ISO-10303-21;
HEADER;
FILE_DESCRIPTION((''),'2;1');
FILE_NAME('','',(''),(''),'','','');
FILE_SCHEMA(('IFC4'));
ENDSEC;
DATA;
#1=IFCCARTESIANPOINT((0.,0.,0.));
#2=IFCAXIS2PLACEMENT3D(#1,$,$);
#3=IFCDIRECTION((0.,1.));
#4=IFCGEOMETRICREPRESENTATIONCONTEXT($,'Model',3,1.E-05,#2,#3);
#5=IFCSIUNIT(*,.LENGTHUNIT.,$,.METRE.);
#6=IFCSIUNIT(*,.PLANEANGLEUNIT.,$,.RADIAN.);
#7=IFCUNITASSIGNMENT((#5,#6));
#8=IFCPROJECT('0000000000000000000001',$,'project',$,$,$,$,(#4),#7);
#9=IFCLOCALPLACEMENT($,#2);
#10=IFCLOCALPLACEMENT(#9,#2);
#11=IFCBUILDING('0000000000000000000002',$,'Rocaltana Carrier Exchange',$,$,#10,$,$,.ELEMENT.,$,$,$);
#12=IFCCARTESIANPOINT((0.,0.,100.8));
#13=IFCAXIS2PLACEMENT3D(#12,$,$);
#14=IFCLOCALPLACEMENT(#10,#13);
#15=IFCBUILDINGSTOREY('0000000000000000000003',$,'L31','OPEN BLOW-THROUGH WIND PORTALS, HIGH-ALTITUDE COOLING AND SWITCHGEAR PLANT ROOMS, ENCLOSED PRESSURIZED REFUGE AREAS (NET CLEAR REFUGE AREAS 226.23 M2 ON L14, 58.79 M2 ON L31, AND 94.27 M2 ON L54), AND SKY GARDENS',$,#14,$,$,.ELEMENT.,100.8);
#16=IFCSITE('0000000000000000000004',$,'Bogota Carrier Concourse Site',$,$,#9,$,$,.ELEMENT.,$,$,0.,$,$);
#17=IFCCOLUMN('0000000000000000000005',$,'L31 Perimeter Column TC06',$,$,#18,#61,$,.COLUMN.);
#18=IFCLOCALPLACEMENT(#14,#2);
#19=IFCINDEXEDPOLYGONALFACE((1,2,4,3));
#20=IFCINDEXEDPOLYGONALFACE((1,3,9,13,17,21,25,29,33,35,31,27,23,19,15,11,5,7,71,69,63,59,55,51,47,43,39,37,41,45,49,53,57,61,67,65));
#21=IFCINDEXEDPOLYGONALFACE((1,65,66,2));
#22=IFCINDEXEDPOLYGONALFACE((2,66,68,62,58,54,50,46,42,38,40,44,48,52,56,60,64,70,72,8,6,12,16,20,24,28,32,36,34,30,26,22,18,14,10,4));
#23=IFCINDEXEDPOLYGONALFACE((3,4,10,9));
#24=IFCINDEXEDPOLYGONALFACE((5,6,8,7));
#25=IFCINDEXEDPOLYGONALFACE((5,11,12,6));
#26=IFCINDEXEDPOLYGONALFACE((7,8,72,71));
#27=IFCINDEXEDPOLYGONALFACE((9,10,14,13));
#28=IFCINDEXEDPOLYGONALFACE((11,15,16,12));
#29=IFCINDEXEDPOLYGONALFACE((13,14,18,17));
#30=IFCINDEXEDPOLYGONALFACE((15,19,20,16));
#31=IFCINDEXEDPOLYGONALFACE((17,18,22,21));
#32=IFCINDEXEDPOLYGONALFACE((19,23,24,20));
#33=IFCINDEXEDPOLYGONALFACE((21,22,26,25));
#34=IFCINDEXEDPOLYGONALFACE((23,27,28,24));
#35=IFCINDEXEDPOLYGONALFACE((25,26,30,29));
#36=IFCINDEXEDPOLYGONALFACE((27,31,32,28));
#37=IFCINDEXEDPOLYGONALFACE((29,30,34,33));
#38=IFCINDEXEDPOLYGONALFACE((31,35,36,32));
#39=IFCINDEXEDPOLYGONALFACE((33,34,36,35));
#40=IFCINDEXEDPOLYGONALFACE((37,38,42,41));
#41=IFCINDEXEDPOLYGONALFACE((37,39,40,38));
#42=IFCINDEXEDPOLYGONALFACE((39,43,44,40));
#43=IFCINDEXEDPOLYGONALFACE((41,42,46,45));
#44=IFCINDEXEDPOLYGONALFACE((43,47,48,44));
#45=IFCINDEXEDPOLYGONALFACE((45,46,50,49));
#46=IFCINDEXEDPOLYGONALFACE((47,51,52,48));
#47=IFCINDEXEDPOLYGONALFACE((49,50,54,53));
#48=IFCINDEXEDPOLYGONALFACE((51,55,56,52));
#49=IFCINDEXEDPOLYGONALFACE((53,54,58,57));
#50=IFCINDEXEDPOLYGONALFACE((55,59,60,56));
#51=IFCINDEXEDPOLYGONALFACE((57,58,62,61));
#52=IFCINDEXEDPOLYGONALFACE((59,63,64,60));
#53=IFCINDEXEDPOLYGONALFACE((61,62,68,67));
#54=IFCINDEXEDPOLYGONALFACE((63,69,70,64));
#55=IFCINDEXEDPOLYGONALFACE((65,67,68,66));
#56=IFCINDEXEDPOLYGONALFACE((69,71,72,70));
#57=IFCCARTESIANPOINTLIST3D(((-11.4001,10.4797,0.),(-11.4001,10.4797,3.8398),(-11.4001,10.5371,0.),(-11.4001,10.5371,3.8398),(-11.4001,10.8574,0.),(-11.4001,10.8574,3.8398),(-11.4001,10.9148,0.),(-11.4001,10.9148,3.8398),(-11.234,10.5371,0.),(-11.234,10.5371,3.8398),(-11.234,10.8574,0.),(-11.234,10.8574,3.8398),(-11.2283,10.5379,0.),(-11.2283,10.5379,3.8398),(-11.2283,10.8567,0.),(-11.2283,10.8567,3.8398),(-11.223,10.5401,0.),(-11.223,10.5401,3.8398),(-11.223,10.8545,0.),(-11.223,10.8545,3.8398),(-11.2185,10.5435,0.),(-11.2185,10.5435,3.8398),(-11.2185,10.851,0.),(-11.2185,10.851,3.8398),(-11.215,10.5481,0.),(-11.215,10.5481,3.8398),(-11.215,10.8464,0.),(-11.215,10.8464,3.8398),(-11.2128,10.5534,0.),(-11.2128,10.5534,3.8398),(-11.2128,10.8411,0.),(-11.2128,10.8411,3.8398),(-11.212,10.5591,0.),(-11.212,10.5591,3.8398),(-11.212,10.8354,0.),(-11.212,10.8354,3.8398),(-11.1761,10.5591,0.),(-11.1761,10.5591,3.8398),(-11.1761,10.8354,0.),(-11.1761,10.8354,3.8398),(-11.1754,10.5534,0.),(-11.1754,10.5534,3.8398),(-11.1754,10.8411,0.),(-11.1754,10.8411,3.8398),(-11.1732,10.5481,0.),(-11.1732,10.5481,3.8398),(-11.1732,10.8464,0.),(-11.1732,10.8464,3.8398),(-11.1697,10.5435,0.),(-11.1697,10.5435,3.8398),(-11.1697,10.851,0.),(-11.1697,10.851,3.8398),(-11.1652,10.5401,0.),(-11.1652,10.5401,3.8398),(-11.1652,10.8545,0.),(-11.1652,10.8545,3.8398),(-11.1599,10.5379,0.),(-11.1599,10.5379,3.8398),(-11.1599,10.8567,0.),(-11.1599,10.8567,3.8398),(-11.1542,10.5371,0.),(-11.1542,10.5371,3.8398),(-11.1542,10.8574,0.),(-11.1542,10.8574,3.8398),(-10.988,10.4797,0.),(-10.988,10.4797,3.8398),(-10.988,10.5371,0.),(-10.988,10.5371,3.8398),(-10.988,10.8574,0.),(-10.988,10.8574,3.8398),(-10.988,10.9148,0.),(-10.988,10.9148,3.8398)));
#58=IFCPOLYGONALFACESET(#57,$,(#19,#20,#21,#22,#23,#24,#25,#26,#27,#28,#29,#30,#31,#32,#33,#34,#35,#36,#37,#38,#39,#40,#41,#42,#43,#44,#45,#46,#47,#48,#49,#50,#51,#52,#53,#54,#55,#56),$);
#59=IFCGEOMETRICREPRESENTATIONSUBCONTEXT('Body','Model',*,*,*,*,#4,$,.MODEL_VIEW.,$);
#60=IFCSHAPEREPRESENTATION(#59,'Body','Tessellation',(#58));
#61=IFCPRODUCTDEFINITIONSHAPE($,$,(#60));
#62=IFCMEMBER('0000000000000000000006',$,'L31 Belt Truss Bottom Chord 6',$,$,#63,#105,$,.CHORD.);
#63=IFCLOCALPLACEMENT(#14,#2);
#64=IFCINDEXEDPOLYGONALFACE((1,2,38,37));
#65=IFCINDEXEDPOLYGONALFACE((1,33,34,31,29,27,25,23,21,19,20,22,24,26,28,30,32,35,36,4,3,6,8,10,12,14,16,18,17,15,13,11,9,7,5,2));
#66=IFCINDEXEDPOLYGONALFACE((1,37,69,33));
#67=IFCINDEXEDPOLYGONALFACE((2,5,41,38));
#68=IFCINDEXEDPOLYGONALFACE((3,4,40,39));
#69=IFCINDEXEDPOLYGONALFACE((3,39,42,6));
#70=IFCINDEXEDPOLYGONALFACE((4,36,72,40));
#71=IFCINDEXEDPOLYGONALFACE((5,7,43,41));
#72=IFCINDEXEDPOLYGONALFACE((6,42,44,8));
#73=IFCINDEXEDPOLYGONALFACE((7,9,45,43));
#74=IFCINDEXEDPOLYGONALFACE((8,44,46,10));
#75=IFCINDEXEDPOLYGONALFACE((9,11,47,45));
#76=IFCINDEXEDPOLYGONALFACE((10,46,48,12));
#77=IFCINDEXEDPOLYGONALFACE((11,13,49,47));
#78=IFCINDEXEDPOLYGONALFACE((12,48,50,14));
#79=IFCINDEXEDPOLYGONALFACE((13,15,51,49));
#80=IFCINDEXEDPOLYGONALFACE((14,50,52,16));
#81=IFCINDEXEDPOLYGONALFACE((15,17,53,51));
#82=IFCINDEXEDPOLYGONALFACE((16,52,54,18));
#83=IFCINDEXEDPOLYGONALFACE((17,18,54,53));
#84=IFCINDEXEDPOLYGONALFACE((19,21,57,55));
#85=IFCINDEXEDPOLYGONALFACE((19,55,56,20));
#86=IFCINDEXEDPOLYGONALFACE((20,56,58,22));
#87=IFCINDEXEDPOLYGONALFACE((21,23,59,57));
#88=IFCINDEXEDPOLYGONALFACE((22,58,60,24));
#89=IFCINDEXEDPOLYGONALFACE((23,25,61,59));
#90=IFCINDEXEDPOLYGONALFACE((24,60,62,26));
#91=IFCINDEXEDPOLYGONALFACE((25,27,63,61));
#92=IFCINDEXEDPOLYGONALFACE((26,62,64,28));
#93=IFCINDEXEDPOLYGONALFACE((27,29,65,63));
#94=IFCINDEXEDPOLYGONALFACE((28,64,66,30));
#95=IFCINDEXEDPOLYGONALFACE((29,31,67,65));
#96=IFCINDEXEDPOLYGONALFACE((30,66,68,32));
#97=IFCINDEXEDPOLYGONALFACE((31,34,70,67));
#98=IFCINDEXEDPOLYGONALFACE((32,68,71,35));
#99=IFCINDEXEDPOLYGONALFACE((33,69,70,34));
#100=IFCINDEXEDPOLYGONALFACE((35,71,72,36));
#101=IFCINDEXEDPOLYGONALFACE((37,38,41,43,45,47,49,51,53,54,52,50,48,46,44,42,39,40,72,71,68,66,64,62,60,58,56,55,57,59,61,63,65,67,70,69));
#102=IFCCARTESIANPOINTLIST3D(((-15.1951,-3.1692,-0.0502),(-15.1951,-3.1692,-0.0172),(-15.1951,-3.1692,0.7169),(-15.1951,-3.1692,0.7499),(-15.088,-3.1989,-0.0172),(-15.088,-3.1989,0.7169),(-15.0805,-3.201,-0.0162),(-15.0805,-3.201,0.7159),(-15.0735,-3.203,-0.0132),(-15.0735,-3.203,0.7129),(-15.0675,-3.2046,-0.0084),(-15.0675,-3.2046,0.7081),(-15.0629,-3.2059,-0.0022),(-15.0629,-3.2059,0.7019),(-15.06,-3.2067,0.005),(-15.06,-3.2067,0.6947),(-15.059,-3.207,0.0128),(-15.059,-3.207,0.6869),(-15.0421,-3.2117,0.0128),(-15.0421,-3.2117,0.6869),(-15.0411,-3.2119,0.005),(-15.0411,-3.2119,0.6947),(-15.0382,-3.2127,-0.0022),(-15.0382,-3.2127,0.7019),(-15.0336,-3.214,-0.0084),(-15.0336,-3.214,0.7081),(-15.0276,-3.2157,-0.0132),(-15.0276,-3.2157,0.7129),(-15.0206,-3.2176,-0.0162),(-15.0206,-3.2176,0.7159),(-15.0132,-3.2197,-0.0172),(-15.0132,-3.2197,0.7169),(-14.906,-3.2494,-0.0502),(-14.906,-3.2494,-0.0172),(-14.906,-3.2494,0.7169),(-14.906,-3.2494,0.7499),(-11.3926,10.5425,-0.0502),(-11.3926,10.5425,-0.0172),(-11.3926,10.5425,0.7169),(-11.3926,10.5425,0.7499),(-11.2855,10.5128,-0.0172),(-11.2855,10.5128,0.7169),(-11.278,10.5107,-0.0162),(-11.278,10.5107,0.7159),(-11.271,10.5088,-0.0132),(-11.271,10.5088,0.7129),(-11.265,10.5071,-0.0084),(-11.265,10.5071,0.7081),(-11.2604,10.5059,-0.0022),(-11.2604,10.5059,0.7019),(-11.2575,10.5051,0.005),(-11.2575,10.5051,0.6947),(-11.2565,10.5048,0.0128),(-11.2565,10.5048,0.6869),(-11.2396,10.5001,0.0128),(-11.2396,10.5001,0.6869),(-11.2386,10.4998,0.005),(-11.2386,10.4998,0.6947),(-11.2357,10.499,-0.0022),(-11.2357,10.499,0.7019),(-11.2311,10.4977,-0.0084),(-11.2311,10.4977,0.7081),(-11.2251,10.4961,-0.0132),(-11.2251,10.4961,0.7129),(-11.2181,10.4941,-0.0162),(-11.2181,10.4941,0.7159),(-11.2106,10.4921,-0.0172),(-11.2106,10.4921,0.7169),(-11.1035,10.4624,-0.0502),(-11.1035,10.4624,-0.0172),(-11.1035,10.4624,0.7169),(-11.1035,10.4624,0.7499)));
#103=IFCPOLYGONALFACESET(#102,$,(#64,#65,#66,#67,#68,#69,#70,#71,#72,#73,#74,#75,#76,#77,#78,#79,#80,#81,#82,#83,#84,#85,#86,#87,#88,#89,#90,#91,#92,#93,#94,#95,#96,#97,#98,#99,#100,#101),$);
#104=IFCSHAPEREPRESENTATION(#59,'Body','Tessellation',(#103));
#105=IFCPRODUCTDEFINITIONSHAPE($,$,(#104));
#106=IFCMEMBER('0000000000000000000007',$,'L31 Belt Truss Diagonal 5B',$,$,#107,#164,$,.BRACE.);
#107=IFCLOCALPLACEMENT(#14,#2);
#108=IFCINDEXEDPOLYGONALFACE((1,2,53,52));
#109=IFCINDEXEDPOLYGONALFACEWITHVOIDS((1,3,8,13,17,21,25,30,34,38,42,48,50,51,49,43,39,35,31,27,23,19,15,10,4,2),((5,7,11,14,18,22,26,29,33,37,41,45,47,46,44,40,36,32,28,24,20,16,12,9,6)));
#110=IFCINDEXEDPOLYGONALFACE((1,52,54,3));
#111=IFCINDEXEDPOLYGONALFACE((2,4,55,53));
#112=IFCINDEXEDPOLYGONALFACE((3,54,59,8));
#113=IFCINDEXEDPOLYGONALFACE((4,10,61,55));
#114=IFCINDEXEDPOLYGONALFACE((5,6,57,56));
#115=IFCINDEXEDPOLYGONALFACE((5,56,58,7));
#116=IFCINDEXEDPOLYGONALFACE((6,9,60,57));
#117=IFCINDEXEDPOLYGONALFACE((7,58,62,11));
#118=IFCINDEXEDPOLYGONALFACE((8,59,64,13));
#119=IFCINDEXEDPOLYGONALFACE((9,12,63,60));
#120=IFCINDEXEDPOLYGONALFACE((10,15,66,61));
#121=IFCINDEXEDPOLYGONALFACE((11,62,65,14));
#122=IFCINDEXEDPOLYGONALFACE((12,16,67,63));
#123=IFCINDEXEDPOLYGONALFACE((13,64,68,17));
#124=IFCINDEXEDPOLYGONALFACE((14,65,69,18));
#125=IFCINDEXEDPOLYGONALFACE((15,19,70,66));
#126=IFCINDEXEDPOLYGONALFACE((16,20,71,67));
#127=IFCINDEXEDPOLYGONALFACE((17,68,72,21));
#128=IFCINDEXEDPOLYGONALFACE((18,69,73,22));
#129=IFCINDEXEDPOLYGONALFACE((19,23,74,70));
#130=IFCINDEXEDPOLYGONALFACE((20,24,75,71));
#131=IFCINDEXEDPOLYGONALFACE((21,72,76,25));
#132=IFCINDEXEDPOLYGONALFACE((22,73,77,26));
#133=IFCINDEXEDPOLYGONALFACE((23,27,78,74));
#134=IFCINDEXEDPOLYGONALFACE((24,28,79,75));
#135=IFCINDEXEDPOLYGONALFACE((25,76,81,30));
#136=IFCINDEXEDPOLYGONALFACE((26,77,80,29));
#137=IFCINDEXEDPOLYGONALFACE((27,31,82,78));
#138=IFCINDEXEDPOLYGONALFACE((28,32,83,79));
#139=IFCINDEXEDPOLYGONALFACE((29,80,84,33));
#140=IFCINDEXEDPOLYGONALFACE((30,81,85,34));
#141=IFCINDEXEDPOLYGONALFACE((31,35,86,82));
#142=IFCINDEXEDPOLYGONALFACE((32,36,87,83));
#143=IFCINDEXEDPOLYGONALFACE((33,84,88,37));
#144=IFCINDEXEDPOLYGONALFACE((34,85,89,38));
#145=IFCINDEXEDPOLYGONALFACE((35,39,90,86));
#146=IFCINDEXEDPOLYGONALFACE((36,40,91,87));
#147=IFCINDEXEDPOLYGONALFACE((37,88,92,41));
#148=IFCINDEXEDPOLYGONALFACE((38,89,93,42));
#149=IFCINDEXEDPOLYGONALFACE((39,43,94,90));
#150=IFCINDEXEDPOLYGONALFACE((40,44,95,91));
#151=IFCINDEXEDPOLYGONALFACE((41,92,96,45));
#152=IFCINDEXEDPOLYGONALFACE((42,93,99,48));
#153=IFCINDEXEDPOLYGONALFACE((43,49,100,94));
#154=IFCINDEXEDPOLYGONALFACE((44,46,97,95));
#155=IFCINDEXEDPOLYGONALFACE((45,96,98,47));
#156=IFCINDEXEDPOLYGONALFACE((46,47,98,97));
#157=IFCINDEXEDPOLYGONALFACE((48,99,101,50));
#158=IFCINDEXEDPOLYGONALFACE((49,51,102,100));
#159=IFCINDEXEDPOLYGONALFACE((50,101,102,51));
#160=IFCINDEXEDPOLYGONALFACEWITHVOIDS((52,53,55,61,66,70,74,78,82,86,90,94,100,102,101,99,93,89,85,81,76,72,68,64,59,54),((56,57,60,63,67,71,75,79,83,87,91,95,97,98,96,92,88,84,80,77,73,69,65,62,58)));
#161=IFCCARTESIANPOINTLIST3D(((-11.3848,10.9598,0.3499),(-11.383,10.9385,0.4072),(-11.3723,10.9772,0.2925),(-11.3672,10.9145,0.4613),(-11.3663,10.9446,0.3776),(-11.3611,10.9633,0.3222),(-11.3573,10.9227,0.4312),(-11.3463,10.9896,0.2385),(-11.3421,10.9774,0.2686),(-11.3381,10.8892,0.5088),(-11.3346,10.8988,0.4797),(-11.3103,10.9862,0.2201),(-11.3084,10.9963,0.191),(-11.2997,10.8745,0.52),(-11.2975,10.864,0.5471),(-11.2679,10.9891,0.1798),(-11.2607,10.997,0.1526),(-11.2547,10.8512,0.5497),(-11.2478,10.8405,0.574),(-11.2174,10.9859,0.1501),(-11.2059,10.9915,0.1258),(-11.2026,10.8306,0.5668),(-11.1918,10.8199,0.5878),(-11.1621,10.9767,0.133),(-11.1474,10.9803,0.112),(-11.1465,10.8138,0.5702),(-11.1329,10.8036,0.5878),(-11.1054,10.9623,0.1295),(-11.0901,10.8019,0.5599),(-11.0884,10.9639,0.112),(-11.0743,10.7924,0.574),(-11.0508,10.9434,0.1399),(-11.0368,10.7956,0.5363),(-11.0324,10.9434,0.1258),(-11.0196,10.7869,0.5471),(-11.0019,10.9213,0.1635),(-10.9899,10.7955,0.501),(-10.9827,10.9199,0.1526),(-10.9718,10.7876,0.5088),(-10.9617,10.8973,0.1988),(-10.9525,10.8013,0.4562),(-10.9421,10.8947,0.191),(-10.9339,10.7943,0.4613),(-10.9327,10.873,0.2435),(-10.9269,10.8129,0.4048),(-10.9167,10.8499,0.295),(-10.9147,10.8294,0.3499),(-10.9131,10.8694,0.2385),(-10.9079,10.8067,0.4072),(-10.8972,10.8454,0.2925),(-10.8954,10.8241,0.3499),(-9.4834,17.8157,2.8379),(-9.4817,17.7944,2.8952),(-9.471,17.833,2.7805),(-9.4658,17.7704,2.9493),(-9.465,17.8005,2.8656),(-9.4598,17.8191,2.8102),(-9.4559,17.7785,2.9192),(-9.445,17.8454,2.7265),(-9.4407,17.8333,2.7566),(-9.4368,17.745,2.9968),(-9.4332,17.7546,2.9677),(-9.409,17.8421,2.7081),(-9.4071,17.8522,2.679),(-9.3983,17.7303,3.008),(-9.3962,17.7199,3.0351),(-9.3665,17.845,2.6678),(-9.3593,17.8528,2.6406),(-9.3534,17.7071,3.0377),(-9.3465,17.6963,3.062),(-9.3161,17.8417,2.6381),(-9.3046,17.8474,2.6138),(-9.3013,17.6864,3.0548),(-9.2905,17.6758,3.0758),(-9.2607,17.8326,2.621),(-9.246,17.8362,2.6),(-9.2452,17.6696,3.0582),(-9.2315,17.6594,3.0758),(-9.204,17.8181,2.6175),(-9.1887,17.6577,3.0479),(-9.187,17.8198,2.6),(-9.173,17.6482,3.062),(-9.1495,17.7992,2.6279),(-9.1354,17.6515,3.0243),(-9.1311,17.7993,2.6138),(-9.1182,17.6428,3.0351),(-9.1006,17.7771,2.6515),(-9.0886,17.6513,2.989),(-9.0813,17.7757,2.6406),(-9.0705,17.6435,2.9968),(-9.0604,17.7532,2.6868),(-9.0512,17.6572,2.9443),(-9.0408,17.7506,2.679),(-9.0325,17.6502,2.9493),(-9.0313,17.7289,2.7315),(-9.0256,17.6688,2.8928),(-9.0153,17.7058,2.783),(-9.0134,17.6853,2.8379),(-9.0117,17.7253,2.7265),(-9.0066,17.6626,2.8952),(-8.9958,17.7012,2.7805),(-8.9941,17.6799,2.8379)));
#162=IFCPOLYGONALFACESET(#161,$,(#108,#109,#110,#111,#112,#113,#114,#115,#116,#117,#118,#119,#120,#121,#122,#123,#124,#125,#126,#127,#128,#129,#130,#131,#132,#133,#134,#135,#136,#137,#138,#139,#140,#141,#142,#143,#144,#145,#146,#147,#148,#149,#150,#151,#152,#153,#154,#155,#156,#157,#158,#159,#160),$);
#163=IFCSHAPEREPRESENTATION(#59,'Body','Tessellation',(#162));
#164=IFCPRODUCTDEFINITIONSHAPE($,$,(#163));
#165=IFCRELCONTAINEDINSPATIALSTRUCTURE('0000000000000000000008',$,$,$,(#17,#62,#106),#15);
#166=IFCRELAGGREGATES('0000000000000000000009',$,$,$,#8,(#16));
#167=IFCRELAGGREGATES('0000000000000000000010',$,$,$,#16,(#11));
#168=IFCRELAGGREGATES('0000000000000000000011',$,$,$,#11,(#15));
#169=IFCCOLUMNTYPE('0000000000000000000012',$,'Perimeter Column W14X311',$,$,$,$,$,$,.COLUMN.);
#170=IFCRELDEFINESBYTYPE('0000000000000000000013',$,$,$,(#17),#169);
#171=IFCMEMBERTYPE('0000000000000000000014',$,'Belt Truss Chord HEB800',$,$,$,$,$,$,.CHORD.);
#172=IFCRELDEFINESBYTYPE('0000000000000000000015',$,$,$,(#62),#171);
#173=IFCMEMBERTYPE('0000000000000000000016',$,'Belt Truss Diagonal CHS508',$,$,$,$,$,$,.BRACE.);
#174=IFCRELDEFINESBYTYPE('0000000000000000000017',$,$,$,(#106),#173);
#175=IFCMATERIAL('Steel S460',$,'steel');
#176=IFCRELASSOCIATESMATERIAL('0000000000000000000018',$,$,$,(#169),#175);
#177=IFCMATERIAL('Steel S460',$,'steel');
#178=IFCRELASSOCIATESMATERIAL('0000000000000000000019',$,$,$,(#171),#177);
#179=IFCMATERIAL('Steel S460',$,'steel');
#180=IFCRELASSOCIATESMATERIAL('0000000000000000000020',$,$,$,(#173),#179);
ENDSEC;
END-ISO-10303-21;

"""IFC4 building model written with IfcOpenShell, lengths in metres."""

from ifc_helpers import new_model, si_unit, direction, frame, origin, origin_2d, place, context, subcontext, project, spatial, hollow_circle, i_section, extrude, material, material_profile, profile_set, type_object, element, save


model = new_model("IFC4")

# Units and contexts
model_context = context("Model", 3, precision=1e-05, world=origin(), true_north=direction((0.0, 1.0)))
body_context = subcontext(model_context, "Body", "Model", "MODEL_VIEW")
ifc_project = project(units=[si_unit("LENGTHUNIT", "METRE"), si_unit("PLANEANGLEUNIT", "RADIAN")], contexts=[model_context])

# Site, building, storey
site_placement = place(None, origin())
site = spatial("IfcSite", under=ifc_project, at=site_placement, Name="Bogota Carrier Concourse Site", CompositionType="ELEMENT", RefElevation=0.0)
building_placement = place(site_placement, origin())
building = spatial("IfcBuilding", under=site, at=building_placement, Name="Rocaltana Carrier Exchange", CompositionType="ELEMENT")
storey_placement = place(building_placement, frame((0.0, 0.0, 100.8)))
storey = spatial("IfcBuildingStorey", under=building, at=storey_placement, Name="L31", Description="OPEN BLOW-THROUGH WIND PORTALS, HIGH-ALTITUDE COOLING AND SWITCHGEAR PLANT ROOMS, ENCLOSED PRESSURIZED REFUGE AREAS (NET CLEAR REFUGE AREAS 226.23 M2 ON L14, 58.79 M2 ON L31, AND 94.27 M2 ON L54), AND SKY GARDENS", CompositionType="ELEMENT", Elevation=100.8)

# Column
ifc_material_1 = material(Name="Steel S460", Category="steel")
ifc_material_profile_1 = material_profile(ifc_material_1, i_section(OverallWidth=0.4121, OverallDepth=0.4351, WebThickness=0.0359, FlangeThickness=0.0574, FilletRadius=0.022, at=origin_2d()), Name="W14X311")
ifc_profile_set_1 = profile_set([ifc_material_profile_1], Name="Steel S460")
column_type = type_object("IfcColumnType", Name="Perimeter Column W14X311", PredefinedType="COLUMN", material=ifc_profile_set_1)
column_placement = place(storey_placement, frame((-11.1941, 10.6973, 0.0), z_axis=(0.0, 0.0, 1.0), x_axis=(1.0, 0.0, 0.0)))
element("IfcColumn", 1, at=column_placement, inside=storey, type_object=column_type, Name="L31 Perimeter Column TC06", PredefinedType="COLUMN", context=body_context, shape_type="SweptSolid", body=[
    extrude(i_section(OverallWidth=0.4121, OverallDepth=0.4351, WebThickness=0.0359, FlangeThickness=0.0574, FilletRadius=0.022, at=origin_2d()), origin(), (0.0, 0.0, 1.0), 3.8398),
])

# Members
ifc_material_2 = material(Name="Steel S460", Category="steel")
ifc_material_profile_2 = material_profile(ifc_material_2, i_section(OverallWidth=0.3, OverallDepth=0.8, WebThickness=0.0176, FlangeThickness=0.033, FilletRadius=0.03, at=origin_2d()), Name="HEB800")
ifc_profile_set_2 = profile_set([ifc_material_profile_2], Name="Steel S460")
member_type_1 = type_object("IfcMemberType", Name="Belt Truss Chord HEB800", PredefinedType="CHORD", material=ifc_profile_set_2)
member_1_placement = place(storey_placement, frame((-11.248, 10.5024, 0.3499), z_axis=(-0.267232, -0.963632, 0.0), x_axis=(0.963632, -0.267232, 0.0)))
element("IfcMember", 2, at=member_1_placement, inside=storey, type_object=member_type_1, Name="L31 Belt Truss Bottom Chord 6", PredefinedType="CHORD", context=body_context, shape_type="SweptSolid", body=[
    extrude(i_section(OverallWidth=0.3, OverallDepth=0.8, WebThickness=0.0176, FlangeThickness=0.033, FilletRadius=0.03, at=origin_2d()), origin(), (0.0, 0.0, 1.0), 14.2292),
])
ifc_material_3 = material(Name="Steel S460", Category="steel")
ifc_material_profile_3 = material_profile(ifc_material_3, hollow_circle(Radius=0.2539, WallThickness=0.02, at=origin_2d()), Name="CHS508X20")
ifc_profile_set_3 = profile_set([ifc_material_profile_3], Name="Steel S460")
member_type_2 = type_object("IfcMemberType", Name="Belt Truss Diagonal CHS508", PredefinedType="BRACE", material=ifc_profile_set_3)
for number, where, z_axis, x_axis, name in (
    (3, (-9.2388, 17.7478, 2.8379), (-0.252264, -0.909614, -0.3301), (0.963629, -0.267244, 0.0), "L31 Belt Truss Diagonal 5B"),
):
    element("IfcMember", number, at=place(storey_placement, frame(where, z_axis=z_axis, x_axis=x_axis)), inside=storey, type_object=member_type_2, Name=name, PredefinedType="BRACE", context=body_context, shape_type="SweptSolid", body=[
        extrude(hollow_circle(Radius=0.2539, WallThickness=0.02, at=origin_2d()), origin(), (0.0, 0.0, 1.0), 7.5371),
    ])

save(model, "model.ifc")
